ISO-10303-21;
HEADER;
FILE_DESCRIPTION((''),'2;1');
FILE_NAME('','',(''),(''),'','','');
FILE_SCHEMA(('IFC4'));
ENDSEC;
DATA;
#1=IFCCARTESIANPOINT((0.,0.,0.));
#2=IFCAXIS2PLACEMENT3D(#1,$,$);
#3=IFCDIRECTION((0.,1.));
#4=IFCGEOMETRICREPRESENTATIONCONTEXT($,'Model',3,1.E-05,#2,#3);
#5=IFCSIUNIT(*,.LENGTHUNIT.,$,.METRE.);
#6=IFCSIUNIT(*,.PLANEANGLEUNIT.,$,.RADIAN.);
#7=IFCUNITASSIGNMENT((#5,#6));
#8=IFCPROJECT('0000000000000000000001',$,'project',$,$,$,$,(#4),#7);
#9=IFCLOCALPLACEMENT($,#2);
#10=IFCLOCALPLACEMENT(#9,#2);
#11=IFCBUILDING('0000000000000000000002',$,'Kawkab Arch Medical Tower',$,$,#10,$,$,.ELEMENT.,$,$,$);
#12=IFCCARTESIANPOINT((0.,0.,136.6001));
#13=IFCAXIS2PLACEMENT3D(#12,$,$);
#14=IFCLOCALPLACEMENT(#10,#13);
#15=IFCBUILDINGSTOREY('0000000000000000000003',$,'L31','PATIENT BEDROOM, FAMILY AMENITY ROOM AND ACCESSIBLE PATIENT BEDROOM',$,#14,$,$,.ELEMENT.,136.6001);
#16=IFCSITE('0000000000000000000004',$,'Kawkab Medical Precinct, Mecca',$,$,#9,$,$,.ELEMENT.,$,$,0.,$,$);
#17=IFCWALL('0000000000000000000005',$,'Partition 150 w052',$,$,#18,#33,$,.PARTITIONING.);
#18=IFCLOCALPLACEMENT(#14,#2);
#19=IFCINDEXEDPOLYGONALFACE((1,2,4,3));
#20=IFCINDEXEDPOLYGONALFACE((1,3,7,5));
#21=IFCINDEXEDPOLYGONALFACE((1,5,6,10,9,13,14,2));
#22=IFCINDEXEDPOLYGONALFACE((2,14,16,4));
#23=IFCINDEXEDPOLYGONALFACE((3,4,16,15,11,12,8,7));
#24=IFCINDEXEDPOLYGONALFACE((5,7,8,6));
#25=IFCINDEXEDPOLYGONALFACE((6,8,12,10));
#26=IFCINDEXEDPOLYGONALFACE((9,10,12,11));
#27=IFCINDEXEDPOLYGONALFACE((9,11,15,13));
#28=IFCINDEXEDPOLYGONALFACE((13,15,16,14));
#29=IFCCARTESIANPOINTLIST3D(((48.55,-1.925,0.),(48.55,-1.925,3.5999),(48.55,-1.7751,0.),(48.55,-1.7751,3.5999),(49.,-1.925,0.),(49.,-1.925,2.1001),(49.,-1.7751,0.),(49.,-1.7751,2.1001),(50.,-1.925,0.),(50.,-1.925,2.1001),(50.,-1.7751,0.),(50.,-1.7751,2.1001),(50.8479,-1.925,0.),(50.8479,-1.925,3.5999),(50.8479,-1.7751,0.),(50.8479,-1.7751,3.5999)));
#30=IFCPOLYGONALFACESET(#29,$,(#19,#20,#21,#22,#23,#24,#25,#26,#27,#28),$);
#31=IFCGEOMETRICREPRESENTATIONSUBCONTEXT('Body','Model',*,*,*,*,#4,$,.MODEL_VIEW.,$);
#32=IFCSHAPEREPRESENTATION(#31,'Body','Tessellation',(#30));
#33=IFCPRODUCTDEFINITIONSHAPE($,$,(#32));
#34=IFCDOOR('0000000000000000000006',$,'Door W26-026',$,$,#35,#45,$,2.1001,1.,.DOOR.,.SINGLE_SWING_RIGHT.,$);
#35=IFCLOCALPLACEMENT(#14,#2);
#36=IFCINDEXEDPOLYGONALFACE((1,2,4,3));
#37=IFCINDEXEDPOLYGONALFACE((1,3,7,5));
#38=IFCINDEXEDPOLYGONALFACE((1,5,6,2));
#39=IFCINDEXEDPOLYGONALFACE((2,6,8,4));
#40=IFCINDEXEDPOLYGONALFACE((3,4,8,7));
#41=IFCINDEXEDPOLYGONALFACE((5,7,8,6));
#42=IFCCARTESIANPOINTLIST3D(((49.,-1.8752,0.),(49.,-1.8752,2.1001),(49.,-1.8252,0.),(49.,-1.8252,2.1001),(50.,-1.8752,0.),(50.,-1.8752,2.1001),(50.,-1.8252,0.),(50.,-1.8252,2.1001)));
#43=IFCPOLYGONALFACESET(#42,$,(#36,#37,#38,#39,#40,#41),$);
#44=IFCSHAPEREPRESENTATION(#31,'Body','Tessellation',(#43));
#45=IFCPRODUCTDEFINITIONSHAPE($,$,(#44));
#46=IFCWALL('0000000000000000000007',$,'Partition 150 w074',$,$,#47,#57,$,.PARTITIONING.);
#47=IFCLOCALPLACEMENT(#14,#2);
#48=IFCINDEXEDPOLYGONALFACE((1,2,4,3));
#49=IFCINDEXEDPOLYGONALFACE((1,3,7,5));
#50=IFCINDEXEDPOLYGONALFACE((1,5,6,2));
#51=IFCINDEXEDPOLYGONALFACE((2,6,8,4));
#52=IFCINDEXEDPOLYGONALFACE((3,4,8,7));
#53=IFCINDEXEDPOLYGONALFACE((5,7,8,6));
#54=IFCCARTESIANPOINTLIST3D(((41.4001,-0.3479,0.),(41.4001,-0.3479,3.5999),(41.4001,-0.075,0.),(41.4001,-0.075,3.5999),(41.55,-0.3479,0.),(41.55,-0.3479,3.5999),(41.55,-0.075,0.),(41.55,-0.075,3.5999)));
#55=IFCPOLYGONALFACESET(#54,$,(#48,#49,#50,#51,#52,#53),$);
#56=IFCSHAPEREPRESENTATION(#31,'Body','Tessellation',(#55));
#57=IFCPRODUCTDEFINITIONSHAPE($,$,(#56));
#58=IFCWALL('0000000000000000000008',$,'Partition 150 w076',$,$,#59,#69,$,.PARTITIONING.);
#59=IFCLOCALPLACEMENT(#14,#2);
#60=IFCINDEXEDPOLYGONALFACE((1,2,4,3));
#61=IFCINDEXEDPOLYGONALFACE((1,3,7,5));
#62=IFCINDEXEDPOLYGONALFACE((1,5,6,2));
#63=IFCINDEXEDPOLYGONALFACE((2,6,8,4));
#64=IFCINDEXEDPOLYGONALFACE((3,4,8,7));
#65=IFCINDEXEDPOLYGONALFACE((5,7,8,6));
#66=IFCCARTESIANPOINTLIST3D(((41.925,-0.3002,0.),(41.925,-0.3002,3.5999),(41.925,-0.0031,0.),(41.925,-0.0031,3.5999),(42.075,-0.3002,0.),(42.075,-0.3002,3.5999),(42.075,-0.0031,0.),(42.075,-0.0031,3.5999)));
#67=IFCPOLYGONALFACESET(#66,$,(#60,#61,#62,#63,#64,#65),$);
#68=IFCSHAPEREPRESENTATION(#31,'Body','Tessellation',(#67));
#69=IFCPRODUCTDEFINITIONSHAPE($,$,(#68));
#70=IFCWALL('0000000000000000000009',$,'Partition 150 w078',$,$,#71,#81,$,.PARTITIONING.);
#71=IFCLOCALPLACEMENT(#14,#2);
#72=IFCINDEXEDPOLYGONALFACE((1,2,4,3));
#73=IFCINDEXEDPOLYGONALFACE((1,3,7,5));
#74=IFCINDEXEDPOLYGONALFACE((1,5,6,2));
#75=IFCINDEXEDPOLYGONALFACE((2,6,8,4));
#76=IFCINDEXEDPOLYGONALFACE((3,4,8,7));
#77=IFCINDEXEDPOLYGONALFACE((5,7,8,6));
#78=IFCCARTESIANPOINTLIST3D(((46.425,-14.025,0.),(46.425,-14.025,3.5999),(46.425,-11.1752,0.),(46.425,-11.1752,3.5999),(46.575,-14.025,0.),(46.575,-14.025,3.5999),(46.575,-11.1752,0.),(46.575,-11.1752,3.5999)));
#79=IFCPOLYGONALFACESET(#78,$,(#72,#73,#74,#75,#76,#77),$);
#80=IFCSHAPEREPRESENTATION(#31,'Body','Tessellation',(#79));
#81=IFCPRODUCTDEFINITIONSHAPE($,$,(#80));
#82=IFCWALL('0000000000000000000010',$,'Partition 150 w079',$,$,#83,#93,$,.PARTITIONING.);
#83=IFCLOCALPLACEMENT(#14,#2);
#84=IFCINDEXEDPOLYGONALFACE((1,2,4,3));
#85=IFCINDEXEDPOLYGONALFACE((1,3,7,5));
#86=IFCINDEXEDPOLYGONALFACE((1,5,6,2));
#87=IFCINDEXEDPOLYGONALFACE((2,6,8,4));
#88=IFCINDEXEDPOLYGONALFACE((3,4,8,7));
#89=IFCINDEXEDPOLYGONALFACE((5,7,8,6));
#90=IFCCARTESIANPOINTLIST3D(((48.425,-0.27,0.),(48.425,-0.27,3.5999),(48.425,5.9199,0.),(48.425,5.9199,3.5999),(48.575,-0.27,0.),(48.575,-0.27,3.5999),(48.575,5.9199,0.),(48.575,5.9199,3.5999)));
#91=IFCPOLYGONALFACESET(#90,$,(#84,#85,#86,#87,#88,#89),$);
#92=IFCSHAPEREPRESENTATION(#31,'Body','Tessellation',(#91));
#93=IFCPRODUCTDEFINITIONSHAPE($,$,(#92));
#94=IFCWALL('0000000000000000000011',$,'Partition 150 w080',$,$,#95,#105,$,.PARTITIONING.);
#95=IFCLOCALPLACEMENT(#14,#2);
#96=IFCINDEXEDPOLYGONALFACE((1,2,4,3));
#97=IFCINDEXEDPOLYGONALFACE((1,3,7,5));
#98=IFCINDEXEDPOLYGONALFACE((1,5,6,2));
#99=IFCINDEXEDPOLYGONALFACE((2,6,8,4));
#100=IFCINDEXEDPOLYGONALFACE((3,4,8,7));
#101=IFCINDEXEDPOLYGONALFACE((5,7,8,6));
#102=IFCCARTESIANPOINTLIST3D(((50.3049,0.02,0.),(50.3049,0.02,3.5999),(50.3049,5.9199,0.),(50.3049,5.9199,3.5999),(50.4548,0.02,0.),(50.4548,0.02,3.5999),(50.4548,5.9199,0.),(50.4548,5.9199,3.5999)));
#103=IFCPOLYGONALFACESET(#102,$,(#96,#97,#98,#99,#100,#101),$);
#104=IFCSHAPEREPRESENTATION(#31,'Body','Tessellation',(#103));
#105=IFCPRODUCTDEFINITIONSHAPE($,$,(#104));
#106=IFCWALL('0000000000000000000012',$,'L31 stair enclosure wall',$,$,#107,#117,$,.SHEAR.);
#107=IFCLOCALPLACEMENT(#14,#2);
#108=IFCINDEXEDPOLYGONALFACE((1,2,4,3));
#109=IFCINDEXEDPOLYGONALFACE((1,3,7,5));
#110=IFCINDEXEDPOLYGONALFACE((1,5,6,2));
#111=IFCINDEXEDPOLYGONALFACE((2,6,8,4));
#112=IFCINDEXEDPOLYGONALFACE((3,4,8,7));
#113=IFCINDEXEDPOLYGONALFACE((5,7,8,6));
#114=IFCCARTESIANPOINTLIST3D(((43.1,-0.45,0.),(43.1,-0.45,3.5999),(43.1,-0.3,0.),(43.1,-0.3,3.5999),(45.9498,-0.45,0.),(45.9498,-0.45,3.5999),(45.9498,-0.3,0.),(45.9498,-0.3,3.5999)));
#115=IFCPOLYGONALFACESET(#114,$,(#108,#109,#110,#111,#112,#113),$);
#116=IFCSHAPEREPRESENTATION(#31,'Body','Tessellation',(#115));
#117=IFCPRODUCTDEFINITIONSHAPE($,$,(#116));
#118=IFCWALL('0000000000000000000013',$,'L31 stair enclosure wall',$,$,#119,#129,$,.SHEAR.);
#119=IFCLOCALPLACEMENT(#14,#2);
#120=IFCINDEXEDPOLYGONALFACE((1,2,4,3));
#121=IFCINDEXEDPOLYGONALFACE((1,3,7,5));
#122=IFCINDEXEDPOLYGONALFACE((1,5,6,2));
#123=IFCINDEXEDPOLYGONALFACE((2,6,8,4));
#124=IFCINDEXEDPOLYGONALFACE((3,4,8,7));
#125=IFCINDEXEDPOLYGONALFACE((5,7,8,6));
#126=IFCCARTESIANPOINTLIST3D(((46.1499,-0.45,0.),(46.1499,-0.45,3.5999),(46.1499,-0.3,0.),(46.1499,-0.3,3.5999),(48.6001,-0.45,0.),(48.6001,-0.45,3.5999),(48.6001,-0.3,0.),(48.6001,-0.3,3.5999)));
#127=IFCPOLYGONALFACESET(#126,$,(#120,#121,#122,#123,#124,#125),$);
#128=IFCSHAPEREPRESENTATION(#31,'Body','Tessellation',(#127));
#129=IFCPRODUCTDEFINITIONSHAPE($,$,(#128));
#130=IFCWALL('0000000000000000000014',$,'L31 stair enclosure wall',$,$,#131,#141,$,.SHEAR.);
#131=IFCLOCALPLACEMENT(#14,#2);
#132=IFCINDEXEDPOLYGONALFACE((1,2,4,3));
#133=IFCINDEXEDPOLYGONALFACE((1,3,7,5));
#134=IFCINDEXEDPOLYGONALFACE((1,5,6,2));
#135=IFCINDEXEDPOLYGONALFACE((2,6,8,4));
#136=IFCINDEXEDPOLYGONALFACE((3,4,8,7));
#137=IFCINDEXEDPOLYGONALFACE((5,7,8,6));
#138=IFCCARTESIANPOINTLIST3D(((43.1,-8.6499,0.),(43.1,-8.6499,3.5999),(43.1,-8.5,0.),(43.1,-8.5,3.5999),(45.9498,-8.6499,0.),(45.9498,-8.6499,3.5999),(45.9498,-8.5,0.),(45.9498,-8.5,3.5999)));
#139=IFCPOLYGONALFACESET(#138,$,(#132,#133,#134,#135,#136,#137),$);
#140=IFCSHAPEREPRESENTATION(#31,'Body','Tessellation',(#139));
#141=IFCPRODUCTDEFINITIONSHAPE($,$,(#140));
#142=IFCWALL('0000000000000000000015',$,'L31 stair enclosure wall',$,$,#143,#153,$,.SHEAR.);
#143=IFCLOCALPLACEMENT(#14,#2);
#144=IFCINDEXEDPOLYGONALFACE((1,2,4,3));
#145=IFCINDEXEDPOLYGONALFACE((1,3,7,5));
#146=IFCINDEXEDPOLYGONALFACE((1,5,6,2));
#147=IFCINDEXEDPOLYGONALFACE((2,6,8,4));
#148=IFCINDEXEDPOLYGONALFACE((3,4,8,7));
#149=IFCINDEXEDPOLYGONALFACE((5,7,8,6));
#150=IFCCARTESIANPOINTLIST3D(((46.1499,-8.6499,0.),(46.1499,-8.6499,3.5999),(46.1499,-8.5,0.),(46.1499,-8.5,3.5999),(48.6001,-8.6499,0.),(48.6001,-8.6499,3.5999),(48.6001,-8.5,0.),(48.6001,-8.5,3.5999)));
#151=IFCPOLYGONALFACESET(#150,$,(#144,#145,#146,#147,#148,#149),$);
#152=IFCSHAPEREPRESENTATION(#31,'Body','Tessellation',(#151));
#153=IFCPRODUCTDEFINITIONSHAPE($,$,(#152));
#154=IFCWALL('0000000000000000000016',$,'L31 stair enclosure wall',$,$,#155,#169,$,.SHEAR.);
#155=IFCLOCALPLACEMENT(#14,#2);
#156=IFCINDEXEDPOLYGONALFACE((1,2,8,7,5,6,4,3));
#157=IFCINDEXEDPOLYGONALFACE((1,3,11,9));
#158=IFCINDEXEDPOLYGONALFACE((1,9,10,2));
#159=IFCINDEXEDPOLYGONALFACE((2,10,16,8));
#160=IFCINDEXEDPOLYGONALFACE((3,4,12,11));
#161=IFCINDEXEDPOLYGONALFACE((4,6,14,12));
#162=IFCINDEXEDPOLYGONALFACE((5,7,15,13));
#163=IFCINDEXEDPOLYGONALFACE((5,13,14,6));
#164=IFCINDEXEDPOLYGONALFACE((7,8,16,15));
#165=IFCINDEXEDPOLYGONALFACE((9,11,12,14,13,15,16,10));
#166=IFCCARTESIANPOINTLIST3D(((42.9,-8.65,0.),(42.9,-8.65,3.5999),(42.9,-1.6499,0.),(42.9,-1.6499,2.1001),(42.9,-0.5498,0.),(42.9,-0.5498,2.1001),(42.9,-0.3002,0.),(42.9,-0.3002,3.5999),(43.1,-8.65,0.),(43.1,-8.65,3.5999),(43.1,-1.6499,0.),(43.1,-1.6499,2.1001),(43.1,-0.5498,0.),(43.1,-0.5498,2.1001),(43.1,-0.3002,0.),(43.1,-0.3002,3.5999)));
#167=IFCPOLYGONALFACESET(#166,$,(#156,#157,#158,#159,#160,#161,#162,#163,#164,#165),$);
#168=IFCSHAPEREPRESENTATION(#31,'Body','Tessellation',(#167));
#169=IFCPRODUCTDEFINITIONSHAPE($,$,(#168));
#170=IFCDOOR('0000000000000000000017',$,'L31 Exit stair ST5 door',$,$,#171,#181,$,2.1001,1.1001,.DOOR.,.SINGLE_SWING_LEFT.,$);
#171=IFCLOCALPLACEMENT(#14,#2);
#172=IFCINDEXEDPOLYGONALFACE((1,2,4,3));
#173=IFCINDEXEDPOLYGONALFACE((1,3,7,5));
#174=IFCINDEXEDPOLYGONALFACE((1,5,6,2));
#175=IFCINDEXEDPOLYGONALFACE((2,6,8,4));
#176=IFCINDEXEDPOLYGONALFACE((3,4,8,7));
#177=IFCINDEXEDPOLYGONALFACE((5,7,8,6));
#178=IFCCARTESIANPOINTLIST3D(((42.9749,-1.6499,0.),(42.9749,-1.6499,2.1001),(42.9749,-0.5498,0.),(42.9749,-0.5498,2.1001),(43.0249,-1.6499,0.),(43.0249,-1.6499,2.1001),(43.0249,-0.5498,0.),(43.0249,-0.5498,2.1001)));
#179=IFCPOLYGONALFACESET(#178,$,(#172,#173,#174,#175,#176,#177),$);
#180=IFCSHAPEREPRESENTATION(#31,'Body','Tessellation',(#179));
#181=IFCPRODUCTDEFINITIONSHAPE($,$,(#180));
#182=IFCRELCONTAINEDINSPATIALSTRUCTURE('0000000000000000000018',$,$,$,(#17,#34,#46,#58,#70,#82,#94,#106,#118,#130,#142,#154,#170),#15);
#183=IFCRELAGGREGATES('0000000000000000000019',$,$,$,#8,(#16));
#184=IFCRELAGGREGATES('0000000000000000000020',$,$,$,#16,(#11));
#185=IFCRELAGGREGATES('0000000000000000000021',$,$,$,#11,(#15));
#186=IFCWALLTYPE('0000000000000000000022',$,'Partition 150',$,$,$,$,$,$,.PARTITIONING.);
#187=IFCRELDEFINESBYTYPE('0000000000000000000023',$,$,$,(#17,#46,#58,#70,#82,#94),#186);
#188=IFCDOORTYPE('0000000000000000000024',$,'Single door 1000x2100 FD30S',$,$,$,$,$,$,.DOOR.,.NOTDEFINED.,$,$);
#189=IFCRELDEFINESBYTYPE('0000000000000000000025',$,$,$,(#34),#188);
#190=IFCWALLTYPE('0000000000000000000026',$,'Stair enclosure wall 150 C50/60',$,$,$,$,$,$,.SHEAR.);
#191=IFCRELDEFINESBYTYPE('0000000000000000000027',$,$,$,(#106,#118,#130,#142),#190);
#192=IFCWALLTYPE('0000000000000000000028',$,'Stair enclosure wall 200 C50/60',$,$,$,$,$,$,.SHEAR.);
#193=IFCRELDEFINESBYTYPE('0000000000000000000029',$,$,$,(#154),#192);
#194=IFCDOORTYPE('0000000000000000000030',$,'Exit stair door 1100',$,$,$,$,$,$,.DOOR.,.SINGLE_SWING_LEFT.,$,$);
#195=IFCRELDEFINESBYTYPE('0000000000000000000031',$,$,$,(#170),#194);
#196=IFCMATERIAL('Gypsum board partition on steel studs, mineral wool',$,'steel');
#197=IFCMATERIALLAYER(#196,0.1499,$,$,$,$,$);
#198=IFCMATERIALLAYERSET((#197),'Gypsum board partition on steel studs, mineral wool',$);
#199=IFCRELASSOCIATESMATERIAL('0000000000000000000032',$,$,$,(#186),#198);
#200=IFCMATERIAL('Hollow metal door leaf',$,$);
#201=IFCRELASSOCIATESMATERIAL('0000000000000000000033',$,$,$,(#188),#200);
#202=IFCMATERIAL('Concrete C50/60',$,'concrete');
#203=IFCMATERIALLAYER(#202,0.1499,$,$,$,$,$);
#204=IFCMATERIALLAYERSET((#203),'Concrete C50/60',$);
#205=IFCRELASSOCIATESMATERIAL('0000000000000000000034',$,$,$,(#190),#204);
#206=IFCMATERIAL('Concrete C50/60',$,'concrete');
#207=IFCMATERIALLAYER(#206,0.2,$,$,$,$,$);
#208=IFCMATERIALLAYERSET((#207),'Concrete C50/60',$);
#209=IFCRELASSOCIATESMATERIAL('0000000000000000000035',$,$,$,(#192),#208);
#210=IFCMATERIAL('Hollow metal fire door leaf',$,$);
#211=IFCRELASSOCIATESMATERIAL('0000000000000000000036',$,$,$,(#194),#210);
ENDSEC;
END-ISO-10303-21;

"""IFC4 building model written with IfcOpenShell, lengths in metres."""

from ifc_helpers import new_model, si_unit, direction, frame, frame_2d, origin, place, context, subcontext, project, spatial, rectangle, extrude, material, layer, layer_set, type_object, element, fill, save


model = new_model("IFC4")

# Units and contexts
model_context = context("Model", 3, precision=1e-05, world=origin(), true_north=direction((0.0, 1.0)))
body_context = subcontext(model_context, "Body", "Model", "MODEL_VIEW")
ifc_project = project(units=[si_unit("LENGTHUNIT", "METRE"), si_unit("PLANEANGLEUNIT", "RADIAN")], contexts=[model_context])

# Site, building, storey
site_placement = place(None, origin())
site = spatial("IfcSite", under=ifc_project, at=site_placement, Name="Kawkab Medical Precinct, Mecca", CompositionType="ELEMENT", RefElevation=0.0)
building_placement = place(site_placement, origin())
building = spatial("IfcBuilding", under=site, at=building_placement, Name="Kawkab Arch Medical Tower", CompositionType="ELEMENT")
storey_placement = place(building_placement, frame((0.0, 0.0, 136.6001)))
storey = spatial("IfcBuildingStorey", under=building, at=storey_placement, Name="L31", Description="PATIENT BEDROOM, FAMILY AMENITY ROOM AND ACCESSIBLE PATIENT BEDROOM", CompositionType="ELEMENT", Elevation=136.6001)

# Wall, opening, door
ifc_material_1 = material(Name="Gypsum board partition on steel studs, mineral wool", Category="steel")
ifc_layer_1 = layer(ifc_material_1, 0.1499)
ifc_layer_set_1 = layer_set([ifc_layer_1], Name="Gypsum board partition on steel studs, mineral wool")
wall_type_1 = type_object("IfcWallType", Name="Partition 150", PredefinedType="PARTITIONING", material=ifc_layer_set_1)
wall_1_placement = place(storey_placement, frame((48.55, -1.8501, 0.0), z_axis=(0.0, 0.0, 1.0), x_axis=(1.0, 0.0, 0.0)))
wall_1 = element("IfcWall", 1, at=wall_1_placement, inside=storey, type_object=wall_type_1, Name="Partition 150 w052", PredefinedType="PARTITIONING", context=body_context, shape_type="SweptSolid", body=[
    extrude(rectangle(XDim=2.2979, YDim=0.1499, at=frame_2d((1.1489, 0.0))), origin(), (0.0, 0.0, 1.0), 3.5999),
])
opening_1_placement = place(wall_1_placement, frame((0.45, 0.0, 0.0)))
opening_1 = element("IfcOpeningElement", 2, at=opening_1_placement, cuts=wall_1, PredefinedType="OPENING", context=body_context, shape_type="SweptSolid", body=[
    extrude(rectangle(XDim=1.0, YDim=2.1001, at=frame_2d((0.5, 1.05))), frame((0.0, 0.085, 0.0), z_axis=(0.0, -1.0, 0.0), x_axis=(1.0, 0.0, 0.0)), (0.0, 0.0, 1.0), 0.1699),
])
ifc_material_2 = material(Name="Hollow metal door leaf")
door_type_1 = type_object("IfcDoorType", Name="Single door 1000x2100 FD30S", OperationType="NOTDEFINED", PredefinedType="DOOR", material=ifc_material_2)
door_1_placement = place(opening_1_placement, origin())
door_1 = element("IfcDoor", 3, at=door_1_placement, inside=storey, type_object=door_type_1, Name="Door W26-026", OperationType="SINGLE_SWING_RIGHT", OverallHeight=2.1001, OverallWidth=1.0, PredefinedType="DOOR", context=body_context, shape_type="SweptSolid", body=[
    extrude(rectangle(XDim=1.0, YDim=2.1001, at=frame_2d((0.5, 1.05))), frame((0.0, 0.0249, 0.0), z_axis=(0.0, -1.0, 0.0), x_axis=(1.0, 0.0, 0.0)), (0.0, 0.0, 1.0), 0.05),
])
fill(opening_1, door_1)

# Walls
wall_2_placement = place(storey_placement, frame((41.4751, -0.3479, 0.0), z_axis=(0.0, 0.0, 1.0), x_axis=(0.0, 1.0, 0.0)))
element("IfcWall", 4, at=wall_2_placement, inside=storey, type_object=wall_type_1, Name="Partition 150 w074", PredefinedType="PARTITIONING", context=body_context, shape_type="SweptSolid", body=[
    extrude(rectangle(XDim=0.2729, YDim=0.1499, at=frame_2d((0.1365, 0.0))), origin(), (0.0, 0.0, 1.0), 3.5999),
])
wall_3_placement = place(storey_placement, frame((42.0, -0.3, 0.0), z_axis=(0.0, 0.0, 1.0), x_axis=(0.0, 1.0, 0.0)))
element("IfcWall", 5, at=wall_3_placement, inside=storey, type_object=wall_type_1, Name="Partition 150 w076", PredefinedType="PARTITIONING", context=body_context, shape_type="SweptSolid", body=[
    extrude(rectangle(XDim=0.2971, YDim=0.1499, at=frame_2d((0.1484, 0.0))), origin(), (0.0, 0.0, 1.0), 3.5999),
])
wall_4_placement = place(storey_placement, frame((46.5, -14.0249, 0.0), z_axis=(0.0, 0.0, 1.0), x_axis=(0.0, 1.0, 0.0)))
element("IfcWall", 6, at=wall_4_placement, inside=storey, type_object=wall_type_1, Name="Partition 150 w078", PredefinedType="PARTITIONING", context=body_context, shape_type="SweptSolid", body=[
    extrude(rectangle(XDim=2.8499, YDim=0.1499, at=frame_2d((1.4248, 0.0))), origin(), (0.0, 0.0, 1.0), 3.5999),
])
wall_5_placement = place(storey_placement, frame((48.5, -0.27, 0.0), z_axis=(0.0, 0.0, 1.0), x_axis=(0.0, 1.0, 0.0)))
element("IfcWall", 7, at=wall_5_placement, inside=storey, type_object=wall_type_1, Name="Partition 150 w079", PredefinedType="PARTITIONING", context=body_context, shape_type="SweptSolid", body=[
    extrude(rectangle(XDim=6.1899, YDim=0.1499, at=frame_2d((3.095, 0.0))), origin(), (0.0, 0.0, 1.0), 3.5999),
])
wall_6_placement = place(storey_placement, frame((50.3799, 0.02, 0.0), z_axis=(0.0, 0.0, 1.0), x_axis=(0.0, 1.0, 0.0)))
element("IfcWall", 8, at=wall_6_placement, inside=storey, type_object=wall_type_1, Name="Partition 150 w080", PredefinedType="PARTITIONING", context=body_context, shape_type="SweptSolid", body=[
    extrude(rectangle(XDim=5.8999, YDim=0.1499, at=frame_2d((2.95, 0.0))), origin(), (0.0, 0.0, 1.0), 3.5999),
])
ifc_material_3 = material(Name="Concrete C50/60", Category="concrete")
ifc_layer_2 = layer(ifc_material_3, 0.1499)
ifc_layer_set_2 = layer_set([ifc_layer_2], Name="Concrete C50/60")
wall_type_2 = type_object("IfcWallType", Name="Stair enclosure wall 150 C50/60", PredefinedType="SHEAR", material=ifc_layer_set_2)
wall_7_placement = place(storey_placement, frame((43.1001, -0.375, 0.0), z_axis=(0.0, 0.0, 1.0), x_axis=(1.0, 0.0, 0.0)))
element("IfcWall", 9, at=wall_7_placement, inside=storey, type_object=wall_type_2, Name="L31 stair enclosure wall", PredefinedType="SHEAR", context=body_context, shape_type="SweptSolid", body=[
    extrude(rectangle(XDim=2.8499, YDim=0.1499, at=frame_2d((1.4248, 0.0))), origin(), (0.0, 0.0, 1.0), 3.5999),
])
wall_8_placement = place(storey_placement, frame((46.1499, -0.375, 0.0), z_axis=(0.0, 0.0, 1.0), x_axis=(1.0, 0.0, 0.0)))
element("IfcWall", 10, at=wall_8_placement, inside=storey, type_object=wall_type_2, Name="L31 stair enclosure wall", PredefinedType="SHEAR", context=body_context, shape_type="SweptSolid", body=[
    extrude(rectangle(XDim=2.4502, YDim=0.1499, at=frame_2d((1.2251, 0.0))), origin(), (0.0, 0.0, 1.0), 3.5999),
])
wall_9_placement = place(storey_placement, frame((43.1001, -8.575, 0.0), z_axis=(0.0, 0.0, 1.0), x_axis=(1.0, 0.0, 0.0)))
element("IfcWall", 11, at=wall_9_placement, inside=storey, type_object=wall_type_2, Name="L31 stair enclosure wall", PredefinedType="SHEAR", context=body_context, shape_type="SweptSolid", body=[
    extrude(rectangle(XDim=2.8499, YDim=0.1499, at=frame_2d((1.4248, 0.0))), origin(), (0.0, 0.0, 1.0), 3.5999),
])
wall_10_placement = place(storey_placement, frame((46.1499, -8.575, 0.0), z_axis=(0.0, 0.0, 1.0), x_axis=(1.0, 0.0, 0.0)))
element("IfcWall", 12, at=wall_10_placement, inside=storey, type_object=wall_type_2, Name="L31 stair enclosure wall", PredefinedType="SHEAR", context=body_context, shape_type="SweptSolid", body=[
    extrude(rectangle(XDim=2.4502, YDim=0.1499, at=frame_2d((1.2251, 0.0))), origin(), (0.0, 0.0, 1.0), 3.5999),
])

# Wall, opening, door
ifc_material_4 = material(Name="Concrete C50/60", Category="concrete")
ifc_layer_3 = layer(ifc_material_4, 0.2)
ifc_layer_set_3 = layer_set([ifc_layer_3], Name="Concrete C50/60")
wall_type_3 = type_object("IfcWallType", Name="Stair enclosure wall 200 C50/60", PredefinedType="SHEAR", material=ifc_layer_set_3)
wall_11_placement = place(storey_placement, frame((43.0, -8.6499, 0.0), z_axis=(0.0, 0.0, 1.0), x_axis=(0.0, 1.0, 0.0)))
wall_11 = element("IfcWall", 13, at=wall_11_placement, inside=storey, type_object=wall_type_3, Name="L31 stair enclosure wall", PredefinedType="SHEAR", context=body_context, shape_type="SweptSolid", body=[
    extrude(rectangle(XDim=8.3499, YDim=0.2, at=frame_2d((4.1748, 0.0))), origin(), (0.0, 0.0, 1.0), 3.5999),
])
opening_2_placement = place(wall_11_placement, frame((7.0, 0.0, 0.0)))
opening_2 = element("IfcOpeningElement", 14, at=opening_2_placement, cuts=wall_11, PredefinedType="OPENING", context=body_context, shape_type="SweptSolid", body=[
    extrude(rectangle(XDim=1.1001, YDim=2.1001, at=frame_2d((0.55, 1.05))), frame((0.0, 0.1099, 0.0), z_axis=(0.0, -1.0, 0.0), x_axis=(1.0, 0.0, 0.0)), (0.0, 0.0, 1.0), 0.22),
])
ifc_material_5 = material(Name="Hollow metal fire door leaf")
door_type_2 = type_object("IfcDoorType", Name="Exit stair door 1100", OperationType="SINGLE_SWING_LEFT", PredefinedType="DOOR", material=ifc_material_5)
door_2_placement = place(opening_2_placement, frame((1.1001, 0.0, 0.0), z_axis=(0.0, 0.0, 1.0), x_axis=(-1.0, 0.0, 0.0)))
door_2 = element("IfcDoor", 15, at=door_2_placement, inside=storey, type_object=door_type_2, Name="L31 Exit stair ST5 door", OperationType="SINGLE_SWING_LEFT", OverallHeight=2.1001, OverallWidth=1.1001, PredefinedType="DOOR", context=body_context, shape_type="SweptSolid", body=[
    extrude(rectangle(XDim=1.1001, YDim=2.1001, at=frame_2d((0.55, 1.05))), frame((0.0, 0.0249, 0.0), z_axis=(0.0, -1.0, 0.0), x_axis=(1.0, 0.0, 0.0)), (0.0, 0.0, 1.0), 0.05),
])
fill(opening_2, door_2)

save(model, "model.ifc")
